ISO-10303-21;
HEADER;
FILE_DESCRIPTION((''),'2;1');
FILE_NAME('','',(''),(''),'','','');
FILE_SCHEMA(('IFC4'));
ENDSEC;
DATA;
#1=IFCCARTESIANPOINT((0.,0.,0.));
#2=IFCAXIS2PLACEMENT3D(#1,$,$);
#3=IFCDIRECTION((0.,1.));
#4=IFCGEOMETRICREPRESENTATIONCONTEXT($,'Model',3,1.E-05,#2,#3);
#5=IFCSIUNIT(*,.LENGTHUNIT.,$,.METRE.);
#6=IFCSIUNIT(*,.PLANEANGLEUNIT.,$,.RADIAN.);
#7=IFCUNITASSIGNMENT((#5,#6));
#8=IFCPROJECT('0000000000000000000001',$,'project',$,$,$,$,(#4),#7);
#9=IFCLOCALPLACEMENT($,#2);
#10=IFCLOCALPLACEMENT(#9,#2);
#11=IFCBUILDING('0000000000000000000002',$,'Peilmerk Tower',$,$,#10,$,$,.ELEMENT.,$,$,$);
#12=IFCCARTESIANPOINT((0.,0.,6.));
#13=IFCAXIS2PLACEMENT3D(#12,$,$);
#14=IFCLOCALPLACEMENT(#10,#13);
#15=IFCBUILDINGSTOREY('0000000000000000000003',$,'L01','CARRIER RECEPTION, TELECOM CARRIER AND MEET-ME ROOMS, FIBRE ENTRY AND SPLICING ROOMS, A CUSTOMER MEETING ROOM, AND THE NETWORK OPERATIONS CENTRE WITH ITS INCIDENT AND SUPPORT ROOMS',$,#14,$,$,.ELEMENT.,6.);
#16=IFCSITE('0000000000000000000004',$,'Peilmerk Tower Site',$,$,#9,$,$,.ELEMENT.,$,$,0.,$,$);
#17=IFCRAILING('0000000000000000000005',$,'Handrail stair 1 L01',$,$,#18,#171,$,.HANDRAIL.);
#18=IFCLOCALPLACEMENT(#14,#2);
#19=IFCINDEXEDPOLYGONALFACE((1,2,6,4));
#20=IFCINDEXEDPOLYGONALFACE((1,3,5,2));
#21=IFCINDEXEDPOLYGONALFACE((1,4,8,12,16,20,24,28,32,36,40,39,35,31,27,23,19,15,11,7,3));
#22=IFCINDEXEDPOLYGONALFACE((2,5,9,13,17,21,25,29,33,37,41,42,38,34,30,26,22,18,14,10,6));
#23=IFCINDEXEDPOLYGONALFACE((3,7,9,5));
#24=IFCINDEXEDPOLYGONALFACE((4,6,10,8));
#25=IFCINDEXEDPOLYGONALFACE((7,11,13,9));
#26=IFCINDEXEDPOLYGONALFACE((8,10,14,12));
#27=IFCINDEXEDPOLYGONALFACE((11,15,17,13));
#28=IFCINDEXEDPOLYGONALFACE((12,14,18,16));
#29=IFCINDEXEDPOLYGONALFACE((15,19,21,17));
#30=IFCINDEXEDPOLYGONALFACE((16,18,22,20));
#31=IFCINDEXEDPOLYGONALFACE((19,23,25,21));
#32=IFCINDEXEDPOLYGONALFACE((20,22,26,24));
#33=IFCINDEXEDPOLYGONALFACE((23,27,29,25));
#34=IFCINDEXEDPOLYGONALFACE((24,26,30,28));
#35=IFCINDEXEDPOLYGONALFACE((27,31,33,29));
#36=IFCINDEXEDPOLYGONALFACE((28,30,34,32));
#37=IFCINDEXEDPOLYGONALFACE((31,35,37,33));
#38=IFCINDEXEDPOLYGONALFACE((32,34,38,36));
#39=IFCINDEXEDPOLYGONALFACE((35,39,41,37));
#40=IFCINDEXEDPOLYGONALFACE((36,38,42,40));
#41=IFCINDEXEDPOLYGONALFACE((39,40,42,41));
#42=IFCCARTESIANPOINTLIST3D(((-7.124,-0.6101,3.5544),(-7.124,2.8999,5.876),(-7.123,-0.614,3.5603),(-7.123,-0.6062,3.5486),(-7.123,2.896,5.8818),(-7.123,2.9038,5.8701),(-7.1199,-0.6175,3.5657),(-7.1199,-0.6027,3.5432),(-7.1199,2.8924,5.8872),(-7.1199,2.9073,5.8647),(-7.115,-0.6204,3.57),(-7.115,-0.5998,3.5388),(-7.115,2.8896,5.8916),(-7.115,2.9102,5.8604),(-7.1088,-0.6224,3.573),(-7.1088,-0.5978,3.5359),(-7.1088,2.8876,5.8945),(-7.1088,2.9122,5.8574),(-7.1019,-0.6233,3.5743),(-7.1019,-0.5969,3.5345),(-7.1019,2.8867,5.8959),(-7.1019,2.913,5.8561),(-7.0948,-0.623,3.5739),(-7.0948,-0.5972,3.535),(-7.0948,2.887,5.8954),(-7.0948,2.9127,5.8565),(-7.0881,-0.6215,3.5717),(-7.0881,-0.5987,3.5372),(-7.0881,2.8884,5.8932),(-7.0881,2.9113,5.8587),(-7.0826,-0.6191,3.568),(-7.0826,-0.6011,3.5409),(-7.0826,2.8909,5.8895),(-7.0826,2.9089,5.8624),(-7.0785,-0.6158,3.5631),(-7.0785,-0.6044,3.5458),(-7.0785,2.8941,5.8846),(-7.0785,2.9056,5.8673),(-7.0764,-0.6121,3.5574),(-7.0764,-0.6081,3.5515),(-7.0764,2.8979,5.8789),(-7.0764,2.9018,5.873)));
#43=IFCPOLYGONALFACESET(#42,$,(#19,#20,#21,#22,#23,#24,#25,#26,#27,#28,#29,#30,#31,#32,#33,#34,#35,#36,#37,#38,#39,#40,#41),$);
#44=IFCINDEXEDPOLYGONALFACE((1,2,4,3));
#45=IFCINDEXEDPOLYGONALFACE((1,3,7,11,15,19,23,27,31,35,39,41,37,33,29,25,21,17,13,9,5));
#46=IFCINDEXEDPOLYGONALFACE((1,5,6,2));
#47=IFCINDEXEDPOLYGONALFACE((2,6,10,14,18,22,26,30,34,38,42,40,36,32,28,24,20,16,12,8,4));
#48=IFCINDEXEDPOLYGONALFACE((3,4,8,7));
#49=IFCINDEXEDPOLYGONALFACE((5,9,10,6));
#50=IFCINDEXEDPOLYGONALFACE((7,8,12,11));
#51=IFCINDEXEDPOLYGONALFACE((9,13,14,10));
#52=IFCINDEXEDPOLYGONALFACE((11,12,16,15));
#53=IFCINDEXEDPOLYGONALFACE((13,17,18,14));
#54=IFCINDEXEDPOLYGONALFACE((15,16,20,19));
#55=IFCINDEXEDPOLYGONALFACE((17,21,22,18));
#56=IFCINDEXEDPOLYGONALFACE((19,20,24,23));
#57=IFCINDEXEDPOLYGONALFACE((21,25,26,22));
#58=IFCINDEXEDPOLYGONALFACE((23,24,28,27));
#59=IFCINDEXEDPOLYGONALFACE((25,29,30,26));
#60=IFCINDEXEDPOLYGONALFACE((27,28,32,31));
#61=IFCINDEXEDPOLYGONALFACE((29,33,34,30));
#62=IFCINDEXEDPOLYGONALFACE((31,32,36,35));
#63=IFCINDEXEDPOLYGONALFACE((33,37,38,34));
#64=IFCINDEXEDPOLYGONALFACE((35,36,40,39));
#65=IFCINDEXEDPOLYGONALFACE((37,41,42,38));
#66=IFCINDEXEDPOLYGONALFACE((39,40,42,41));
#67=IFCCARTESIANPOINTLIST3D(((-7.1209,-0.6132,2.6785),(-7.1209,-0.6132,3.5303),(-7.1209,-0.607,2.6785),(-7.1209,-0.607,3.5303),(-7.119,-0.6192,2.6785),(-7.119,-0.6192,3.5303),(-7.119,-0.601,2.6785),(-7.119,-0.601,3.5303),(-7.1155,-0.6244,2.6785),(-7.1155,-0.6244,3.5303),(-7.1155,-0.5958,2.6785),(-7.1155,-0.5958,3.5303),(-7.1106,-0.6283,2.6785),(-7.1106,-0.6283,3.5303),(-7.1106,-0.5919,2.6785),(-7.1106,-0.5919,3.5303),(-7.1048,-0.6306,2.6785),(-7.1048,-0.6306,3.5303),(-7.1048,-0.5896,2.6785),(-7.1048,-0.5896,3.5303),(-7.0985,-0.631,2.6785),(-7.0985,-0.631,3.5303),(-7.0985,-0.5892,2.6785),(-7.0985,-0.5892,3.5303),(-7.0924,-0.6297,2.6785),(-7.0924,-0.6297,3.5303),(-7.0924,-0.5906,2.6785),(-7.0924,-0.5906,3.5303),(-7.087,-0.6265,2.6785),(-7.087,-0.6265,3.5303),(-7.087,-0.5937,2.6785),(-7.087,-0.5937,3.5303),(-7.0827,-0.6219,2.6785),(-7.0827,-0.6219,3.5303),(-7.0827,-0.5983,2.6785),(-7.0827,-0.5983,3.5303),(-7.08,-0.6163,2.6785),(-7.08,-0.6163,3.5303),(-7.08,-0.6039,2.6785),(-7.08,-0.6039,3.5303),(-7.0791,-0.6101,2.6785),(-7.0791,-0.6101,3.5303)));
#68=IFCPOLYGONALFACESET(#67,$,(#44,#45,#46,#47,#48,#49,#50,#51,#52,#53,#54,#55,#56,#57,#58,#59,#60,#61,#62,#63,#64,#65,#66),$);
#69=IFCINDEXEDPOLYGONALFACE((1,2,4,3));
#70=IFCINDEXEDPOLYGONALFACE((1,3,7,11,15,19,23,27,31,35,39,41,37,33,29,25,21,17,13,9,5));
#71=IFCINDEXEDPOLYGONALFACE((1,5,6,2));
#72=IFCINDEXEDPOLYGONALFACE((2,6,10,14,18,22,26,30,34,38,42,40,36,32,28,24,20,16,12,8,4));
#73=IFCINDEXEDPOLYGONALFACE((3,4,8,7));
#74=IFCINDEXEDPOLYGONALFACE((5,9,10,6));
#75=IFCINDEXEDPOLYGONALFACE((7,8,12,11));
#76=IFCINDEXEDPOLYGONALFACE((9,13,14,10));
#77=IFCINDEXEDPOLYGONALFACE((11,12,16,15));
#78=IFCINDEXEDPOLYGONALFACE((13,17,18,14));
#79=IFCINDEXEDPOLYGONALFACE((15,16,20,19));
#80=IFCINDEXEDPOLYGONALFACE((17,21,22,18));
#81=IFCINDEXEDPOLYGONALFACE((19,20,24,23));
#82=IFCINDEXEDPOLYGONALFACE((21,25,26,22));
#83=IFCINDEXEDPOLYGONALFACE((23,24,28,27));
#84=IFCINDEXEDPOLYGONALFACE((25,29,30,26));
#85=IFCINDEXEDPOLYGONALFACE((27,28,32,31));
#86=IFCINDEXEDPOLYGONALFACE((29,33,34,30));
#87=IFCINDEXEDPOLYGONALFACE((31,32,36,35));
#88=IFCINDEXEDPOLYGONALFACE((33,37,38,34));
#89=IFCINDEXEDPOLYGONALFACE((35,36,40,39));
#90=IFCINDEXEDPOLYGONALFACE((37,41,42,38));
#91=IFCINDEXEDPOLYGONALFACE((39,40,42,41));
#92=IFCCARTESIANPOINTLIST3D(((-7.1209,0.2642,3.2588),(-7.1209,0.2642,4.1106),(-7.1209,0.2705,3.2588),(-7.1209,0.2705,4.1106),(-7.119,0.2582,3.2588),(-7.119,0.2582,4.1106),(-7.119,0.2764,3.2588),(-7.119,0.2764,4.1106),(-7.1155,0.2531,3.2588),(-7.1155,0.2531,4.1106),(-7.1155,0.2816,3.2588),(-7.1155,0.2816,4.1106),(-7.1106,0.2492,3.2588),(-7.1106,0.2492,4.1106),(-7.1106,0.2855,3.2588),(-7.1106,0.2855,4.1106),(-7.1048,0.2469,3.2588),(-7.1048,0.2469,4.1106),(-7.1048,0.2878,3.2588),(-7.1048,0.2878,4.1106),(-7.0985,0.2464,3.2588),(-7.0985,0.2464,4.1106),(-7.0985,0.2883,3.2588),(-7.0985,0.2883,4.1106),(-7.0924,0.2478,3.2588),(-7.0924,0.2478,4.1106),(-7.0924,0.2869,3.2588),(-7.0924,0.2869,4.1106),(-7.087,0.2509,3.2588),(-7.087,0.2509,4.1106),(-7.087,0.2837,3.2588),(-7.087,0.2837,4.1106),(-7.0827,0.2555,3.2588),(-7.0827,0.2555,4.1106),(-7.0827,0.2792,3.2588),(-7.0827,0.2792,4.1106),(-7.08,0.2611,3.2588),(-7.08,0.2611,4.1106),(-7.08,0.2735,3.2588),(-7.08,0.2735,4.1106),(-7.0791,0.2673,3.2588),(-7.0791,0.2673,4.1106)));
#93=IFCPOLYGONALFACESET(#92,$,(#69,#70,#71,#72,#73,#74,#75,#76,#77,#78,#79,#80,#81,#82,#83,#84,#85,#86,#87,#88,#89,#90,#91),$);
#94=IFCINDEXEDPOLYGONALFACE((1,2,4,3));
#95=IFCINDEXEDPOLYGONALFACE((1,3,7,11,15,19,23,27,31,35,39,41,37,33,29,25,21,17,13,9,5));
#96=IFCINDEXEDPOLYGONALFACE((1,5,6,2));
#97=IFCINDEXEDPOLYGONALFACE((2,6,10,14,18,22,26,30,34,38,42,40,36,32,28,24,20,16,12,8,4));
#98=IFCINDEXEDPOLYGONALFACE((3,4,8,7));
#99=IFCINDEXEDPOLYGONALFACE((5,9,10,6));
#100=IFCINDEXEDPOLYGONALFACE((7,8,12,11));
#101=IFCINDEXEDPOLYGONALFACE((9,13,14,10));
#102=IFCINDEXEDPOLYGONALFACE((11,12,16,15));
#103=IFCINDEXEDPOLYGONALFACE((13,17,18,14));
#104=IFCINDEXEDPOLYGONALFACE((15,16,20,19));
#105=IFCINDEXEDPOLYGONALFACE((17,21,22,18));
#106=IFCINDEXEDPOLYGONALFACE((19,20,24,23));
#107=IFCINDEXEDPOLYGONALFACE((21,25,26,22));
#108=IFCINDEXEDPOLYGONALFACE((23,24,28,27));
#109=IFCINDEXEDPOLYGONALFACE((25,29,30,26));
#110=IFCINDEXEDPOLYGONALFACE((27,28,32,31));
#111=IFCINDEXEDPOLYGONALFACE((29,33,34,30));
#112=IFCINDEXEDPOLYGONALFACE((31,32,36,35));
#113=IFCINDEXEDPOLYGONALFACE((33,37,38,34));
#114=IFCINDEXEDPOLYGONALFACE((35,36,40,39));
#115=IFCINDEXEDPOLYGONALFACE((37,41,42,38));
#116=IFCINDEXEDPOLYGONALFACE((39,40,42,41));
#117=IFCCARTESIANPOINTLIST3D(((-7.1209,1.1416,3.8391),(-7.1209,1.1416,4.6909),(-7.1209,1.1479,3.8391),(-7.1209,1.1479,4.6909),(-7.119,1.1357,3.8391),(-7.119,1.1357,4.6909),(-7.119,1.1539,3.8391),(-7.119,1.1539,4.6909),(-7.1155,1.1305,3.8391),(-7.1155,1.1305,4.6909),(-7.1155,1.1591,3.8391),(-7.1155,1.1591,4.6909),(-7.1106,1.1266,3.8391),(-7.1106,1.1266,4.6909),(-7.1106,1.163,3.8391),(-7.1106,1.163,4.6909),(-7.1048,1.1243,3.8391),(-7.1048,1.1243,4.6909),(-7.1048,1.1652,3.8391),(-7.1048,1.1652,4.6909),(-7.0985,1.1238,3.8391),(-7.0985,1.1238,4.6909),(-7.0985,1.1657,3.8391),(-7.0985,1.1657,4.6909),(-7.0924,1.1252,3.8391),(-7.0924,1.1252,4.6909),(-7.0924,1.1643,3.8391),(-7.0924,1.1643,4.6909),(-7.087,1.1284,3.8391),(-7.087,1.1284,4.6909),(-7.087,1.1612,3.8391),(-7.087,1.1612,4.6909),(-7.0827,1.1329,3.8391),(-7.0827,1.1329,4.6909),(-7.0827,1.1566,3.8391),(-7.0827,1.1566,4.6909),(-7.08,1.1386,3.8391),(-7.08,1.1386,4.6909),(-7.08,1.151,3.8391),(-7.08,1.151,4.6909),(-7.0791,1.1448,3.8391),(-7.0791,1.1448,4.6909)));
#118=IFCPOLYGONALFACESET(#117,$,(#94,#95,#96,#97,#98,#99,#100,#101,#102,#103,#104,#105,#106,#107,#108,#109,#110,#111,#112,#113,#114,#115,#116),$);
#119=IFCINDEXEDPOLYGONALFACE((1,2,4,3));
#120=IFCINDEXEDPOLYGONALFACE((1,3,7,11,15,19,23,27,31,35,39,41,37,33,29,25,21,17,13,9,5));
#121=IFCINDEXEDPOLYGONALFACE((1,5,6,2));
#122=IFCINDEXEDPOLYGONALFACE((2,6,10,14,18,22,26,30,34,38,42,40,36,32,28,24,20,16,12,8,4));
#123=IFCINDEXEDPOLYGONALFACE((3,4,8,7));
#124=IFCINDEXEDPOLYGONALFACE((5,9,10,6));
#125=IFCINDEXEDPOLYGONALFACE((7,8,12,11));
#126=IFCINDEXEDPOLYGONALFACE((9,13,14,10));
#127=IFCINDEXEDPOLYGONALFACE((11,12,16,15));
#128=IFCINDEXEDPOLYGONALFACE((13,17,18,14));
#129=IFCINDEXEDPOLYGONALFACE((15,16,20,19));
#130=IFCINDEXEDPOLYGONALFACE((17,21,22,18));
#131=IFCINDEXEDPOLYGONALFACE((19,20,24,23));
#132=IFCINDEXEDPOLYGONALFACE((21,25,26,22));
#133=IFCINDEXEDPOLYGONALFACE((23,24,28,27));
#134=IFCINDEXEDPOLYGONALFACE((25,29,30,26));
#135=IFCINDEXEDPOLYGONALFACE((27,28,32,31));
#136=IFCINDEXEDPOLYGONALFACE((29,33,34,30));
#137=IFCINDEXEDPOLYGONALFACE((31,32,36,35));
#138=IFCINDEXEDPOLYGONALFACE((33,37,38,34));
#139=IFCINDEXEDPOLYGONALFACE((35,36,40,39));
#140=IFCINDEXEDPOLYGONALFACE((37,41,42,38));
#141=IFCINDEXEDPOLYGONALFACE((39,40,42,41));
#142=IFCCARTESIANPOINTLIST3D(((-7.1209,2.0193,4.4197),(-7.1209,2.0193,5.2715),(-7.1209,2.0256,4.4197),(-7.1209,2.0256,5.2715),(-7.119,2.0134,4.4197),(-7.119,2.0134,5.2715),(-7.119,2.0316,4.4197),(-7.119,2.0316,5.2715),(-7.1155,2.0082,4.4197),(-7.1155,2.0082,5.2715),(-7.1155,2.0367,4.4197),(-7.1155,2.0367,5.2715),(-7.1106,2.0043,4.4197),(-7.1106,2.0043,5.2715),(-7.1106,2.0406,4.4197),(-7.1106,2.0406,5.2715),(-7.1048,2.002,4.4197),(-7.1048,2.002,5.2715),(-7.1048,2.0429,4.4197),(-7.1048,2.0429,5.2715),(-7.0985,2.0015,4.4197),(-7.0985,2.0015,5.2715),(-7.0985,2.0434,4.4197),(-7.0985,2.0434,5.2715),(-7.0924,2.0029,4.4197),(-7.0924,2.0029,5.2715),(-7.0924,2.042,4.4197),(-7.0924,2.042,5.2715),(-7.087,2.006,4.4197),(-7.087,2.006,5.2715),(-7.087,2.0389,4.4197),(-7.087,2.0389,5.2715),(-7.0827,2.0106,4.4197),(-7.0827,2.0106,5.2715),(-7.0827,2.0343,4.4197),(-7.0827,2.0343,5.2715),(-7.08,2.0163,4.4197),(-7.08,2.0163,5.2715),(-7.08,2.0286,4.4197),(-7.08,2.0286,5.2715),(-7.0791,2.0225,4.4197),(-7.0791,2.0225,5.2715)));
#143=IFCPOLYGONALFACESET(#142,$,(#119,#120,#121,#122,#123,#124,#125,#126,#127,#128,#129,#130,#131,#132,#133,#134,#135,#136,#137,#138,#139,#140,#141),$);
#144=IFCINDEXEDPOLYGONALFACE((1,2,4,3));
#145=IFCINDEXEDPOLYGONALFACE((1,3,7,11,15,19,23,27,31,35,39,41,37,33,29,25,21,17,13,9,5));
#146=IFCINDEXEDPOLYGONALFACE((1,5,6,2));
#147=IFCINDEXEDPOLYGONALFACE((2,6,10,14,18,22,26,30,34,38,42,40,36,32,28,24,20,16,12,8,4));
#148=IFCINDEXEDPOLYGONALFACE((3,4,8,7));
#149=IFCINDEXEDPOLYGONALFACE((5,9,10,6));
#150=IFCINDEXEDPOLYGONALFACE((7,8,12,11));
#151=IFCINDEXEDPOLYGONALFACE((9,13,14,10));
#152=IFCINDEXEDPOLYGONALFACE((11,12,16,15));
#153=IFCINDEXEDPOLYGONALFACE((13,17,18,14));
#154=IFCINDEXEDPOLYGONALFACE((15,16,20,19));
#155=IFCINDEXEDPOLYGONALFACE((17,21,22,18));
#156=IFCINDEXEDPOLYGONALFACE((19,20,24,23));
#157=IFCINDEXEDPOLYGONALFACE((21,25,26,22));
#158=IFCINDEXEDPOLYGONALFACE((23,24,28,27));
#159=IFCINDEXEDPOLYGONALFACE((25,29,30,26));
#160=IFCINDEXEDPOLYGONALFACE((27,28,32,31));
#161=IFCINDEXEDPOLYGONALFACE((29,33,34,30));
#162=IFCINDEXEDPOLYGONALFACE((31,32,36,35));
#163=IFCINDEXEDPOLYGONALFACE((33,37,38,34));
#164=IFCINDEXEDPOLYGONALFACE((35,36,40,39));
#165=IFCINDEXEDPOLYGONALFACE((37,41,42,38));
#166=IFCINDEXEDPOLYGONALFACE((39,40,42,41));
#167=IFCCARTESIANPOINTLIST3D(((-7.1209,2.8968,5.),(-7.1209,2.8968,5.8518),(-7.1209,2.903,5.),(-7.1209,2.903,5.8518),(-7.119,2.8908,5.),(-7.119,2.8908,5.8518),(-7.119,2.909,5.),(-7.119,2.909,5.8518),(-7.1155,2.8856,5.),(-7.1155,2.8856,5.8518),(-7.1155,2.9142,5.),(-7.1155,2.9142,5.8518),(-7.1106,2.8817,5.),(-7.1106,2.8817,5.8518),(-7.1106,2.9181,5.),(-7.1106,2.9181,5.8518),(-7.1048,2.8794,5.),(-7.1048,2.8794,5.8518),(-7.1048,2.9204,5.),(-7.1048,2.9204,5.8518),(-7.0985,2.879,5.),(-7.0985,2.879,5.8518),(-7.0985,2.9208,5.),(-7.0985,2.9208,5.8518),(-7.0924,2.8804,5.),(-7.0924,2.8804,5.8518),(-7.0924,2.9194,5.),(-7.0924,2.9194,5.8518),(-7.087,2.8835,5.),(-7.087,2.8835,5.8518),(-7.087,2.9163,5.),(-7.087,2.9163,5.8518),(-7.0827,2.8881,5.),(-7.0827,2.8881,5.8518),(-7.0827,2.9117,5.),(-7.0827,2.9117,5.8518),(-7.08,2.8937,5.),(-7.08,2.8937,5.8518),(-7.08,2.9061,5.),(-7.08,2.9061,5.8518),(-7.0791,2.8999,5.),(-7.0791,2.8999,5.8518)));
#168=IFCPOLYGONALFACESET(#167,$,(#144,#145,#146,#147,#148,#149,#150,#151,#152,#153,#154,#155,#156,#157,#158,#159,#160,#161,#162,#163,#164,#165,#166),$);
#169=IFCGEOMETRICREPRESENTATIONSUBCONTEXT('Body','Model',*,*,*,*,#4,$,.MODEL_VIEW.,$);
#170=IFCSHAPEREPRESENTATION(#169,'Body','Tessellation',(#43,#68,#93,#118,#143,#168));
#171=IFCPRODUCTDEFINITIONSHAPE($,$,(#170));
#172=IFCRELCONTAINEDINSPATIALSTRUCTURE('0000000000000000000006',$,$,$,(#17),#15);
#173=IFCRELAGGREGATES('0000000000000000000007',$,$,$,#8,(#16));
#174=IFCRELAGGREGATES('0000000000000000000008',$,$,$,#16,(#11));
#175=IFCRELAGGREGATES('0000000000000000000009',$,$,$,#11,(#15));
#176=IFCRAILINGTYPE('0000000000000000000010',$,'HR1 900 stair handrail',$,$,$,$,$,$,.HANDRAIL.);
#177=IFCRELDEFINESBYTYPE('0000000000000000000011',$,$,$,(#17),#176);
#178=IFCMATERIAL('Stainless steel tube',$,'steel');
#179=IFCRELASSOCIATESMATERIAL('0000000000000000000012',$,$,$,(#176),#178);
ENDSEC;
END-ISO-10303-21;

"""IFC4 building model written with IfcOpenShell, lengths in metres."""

from ifc_helpers import new_model, si_unit, direction, frame, origin, origin_2d, place, context, subcontext, project, spatial, circle, extrude, material, type_object, element, save


model = new_model("IFC4")

# Units and contexts
model_context = context("Model", 3, precision=1e-05, world=origin(), true_north=direction((0.0, 1.0)))
body_context = subcontext(model_context, "Body", "Model", "MODEL_VIEW")
ifc_project = project(units=[si_unit("LENGTHUNIT", "METRE"), si_unit("PLANEANGLEUNIT", "RADIAN")], contexts=[model_context])

# Site, building, storey
site_placement = place(None, origin())
site = spatial("IfcSite", under=ifc_project, at=site_placement, Name="Peilmerk Tower Site", CompositionType="ELEMENT", RefElevation=0.0)
building_placement = place(site_placement, origin())
building = spatial("IfcBuilding", under=site, at=building_placement, Name="Peilmerk Tower", CompositionType="ELEMENT")
storey_placement = place(building_placement, frame((0.0, 0.0, 6.0)))
storey = spatial("IfcBuildingStorey", under=building, at=storey_placement, Name="L01", Description="CARRIER RECEPTION, TELECOM CARRIER AND MEET-ME ROOMS, FIBRE ENTRY AND SPLICING ROOMS, A CUSTOMER MEETING ROOM, AND THE NETWORK OPERATIONS CENTRE WITH ITS INCIDENT AND SUPPORT ROOMS", CompositionType="ELEMENT", Elevation=6.0)

# Railing
ifc_material_1 = material(Name="Stainless steel tube", Category="steel")
railing_type = type_object("IfcRailingType", Name="HR1 900 stair handrail", PredefinedType="HANDRAIL", material=ifc_material_1)
railing_placement = place(storey_placement, frame((-7.1001, -0.6101, 2.6785)))
element("IfcRailing", 1, at=railing_placement, inside=storey, type_object=railing_type, Name="Handrail stair 1 L01", PredefinedType="HANDRAIL", context=body_context, shape_type="SweptSolid", body=[
    extrude(circle(Radius=0.0239, at=origin_2d()), frame((0.0, 0.0, 0.876), z_axis=(0.0, 0.834071, 0.551657), x_axis=(-1.0, 0.0, 0.0)), (0.0, 0.0, 1.0), 4.2083),
    extrude(circle(Radius=0.021, at=origin_2d()), origin(), (0.0, 0.0, 1.0), 0.8518),
    extrude(circle(Radius=0.021, at=origin_2d()), frame((0.0, 0.8774, 0.5803)), (0.0, 0.0, 1.0), 0.8518),
    extrude(circle(Radius=0.021, at=origin_2d()), frame((0.0, 1.7549, 1.1606)), (0.0, 0.0, 1.0), 0.8518),
    extrude(circle(Radius=0.021, at=origin_2d()), frame((0.0, 2.6326, 1.7412)), (0.0, 0.0, 1.0), 0.8518),
    extrude(circle(Radius=0.021, at=origin_2d()), frame((0.0, 3.51, 2.3215)), (0.0, 0.0, 1.0), 0.8518),
])

save(model, "model.ifc")
